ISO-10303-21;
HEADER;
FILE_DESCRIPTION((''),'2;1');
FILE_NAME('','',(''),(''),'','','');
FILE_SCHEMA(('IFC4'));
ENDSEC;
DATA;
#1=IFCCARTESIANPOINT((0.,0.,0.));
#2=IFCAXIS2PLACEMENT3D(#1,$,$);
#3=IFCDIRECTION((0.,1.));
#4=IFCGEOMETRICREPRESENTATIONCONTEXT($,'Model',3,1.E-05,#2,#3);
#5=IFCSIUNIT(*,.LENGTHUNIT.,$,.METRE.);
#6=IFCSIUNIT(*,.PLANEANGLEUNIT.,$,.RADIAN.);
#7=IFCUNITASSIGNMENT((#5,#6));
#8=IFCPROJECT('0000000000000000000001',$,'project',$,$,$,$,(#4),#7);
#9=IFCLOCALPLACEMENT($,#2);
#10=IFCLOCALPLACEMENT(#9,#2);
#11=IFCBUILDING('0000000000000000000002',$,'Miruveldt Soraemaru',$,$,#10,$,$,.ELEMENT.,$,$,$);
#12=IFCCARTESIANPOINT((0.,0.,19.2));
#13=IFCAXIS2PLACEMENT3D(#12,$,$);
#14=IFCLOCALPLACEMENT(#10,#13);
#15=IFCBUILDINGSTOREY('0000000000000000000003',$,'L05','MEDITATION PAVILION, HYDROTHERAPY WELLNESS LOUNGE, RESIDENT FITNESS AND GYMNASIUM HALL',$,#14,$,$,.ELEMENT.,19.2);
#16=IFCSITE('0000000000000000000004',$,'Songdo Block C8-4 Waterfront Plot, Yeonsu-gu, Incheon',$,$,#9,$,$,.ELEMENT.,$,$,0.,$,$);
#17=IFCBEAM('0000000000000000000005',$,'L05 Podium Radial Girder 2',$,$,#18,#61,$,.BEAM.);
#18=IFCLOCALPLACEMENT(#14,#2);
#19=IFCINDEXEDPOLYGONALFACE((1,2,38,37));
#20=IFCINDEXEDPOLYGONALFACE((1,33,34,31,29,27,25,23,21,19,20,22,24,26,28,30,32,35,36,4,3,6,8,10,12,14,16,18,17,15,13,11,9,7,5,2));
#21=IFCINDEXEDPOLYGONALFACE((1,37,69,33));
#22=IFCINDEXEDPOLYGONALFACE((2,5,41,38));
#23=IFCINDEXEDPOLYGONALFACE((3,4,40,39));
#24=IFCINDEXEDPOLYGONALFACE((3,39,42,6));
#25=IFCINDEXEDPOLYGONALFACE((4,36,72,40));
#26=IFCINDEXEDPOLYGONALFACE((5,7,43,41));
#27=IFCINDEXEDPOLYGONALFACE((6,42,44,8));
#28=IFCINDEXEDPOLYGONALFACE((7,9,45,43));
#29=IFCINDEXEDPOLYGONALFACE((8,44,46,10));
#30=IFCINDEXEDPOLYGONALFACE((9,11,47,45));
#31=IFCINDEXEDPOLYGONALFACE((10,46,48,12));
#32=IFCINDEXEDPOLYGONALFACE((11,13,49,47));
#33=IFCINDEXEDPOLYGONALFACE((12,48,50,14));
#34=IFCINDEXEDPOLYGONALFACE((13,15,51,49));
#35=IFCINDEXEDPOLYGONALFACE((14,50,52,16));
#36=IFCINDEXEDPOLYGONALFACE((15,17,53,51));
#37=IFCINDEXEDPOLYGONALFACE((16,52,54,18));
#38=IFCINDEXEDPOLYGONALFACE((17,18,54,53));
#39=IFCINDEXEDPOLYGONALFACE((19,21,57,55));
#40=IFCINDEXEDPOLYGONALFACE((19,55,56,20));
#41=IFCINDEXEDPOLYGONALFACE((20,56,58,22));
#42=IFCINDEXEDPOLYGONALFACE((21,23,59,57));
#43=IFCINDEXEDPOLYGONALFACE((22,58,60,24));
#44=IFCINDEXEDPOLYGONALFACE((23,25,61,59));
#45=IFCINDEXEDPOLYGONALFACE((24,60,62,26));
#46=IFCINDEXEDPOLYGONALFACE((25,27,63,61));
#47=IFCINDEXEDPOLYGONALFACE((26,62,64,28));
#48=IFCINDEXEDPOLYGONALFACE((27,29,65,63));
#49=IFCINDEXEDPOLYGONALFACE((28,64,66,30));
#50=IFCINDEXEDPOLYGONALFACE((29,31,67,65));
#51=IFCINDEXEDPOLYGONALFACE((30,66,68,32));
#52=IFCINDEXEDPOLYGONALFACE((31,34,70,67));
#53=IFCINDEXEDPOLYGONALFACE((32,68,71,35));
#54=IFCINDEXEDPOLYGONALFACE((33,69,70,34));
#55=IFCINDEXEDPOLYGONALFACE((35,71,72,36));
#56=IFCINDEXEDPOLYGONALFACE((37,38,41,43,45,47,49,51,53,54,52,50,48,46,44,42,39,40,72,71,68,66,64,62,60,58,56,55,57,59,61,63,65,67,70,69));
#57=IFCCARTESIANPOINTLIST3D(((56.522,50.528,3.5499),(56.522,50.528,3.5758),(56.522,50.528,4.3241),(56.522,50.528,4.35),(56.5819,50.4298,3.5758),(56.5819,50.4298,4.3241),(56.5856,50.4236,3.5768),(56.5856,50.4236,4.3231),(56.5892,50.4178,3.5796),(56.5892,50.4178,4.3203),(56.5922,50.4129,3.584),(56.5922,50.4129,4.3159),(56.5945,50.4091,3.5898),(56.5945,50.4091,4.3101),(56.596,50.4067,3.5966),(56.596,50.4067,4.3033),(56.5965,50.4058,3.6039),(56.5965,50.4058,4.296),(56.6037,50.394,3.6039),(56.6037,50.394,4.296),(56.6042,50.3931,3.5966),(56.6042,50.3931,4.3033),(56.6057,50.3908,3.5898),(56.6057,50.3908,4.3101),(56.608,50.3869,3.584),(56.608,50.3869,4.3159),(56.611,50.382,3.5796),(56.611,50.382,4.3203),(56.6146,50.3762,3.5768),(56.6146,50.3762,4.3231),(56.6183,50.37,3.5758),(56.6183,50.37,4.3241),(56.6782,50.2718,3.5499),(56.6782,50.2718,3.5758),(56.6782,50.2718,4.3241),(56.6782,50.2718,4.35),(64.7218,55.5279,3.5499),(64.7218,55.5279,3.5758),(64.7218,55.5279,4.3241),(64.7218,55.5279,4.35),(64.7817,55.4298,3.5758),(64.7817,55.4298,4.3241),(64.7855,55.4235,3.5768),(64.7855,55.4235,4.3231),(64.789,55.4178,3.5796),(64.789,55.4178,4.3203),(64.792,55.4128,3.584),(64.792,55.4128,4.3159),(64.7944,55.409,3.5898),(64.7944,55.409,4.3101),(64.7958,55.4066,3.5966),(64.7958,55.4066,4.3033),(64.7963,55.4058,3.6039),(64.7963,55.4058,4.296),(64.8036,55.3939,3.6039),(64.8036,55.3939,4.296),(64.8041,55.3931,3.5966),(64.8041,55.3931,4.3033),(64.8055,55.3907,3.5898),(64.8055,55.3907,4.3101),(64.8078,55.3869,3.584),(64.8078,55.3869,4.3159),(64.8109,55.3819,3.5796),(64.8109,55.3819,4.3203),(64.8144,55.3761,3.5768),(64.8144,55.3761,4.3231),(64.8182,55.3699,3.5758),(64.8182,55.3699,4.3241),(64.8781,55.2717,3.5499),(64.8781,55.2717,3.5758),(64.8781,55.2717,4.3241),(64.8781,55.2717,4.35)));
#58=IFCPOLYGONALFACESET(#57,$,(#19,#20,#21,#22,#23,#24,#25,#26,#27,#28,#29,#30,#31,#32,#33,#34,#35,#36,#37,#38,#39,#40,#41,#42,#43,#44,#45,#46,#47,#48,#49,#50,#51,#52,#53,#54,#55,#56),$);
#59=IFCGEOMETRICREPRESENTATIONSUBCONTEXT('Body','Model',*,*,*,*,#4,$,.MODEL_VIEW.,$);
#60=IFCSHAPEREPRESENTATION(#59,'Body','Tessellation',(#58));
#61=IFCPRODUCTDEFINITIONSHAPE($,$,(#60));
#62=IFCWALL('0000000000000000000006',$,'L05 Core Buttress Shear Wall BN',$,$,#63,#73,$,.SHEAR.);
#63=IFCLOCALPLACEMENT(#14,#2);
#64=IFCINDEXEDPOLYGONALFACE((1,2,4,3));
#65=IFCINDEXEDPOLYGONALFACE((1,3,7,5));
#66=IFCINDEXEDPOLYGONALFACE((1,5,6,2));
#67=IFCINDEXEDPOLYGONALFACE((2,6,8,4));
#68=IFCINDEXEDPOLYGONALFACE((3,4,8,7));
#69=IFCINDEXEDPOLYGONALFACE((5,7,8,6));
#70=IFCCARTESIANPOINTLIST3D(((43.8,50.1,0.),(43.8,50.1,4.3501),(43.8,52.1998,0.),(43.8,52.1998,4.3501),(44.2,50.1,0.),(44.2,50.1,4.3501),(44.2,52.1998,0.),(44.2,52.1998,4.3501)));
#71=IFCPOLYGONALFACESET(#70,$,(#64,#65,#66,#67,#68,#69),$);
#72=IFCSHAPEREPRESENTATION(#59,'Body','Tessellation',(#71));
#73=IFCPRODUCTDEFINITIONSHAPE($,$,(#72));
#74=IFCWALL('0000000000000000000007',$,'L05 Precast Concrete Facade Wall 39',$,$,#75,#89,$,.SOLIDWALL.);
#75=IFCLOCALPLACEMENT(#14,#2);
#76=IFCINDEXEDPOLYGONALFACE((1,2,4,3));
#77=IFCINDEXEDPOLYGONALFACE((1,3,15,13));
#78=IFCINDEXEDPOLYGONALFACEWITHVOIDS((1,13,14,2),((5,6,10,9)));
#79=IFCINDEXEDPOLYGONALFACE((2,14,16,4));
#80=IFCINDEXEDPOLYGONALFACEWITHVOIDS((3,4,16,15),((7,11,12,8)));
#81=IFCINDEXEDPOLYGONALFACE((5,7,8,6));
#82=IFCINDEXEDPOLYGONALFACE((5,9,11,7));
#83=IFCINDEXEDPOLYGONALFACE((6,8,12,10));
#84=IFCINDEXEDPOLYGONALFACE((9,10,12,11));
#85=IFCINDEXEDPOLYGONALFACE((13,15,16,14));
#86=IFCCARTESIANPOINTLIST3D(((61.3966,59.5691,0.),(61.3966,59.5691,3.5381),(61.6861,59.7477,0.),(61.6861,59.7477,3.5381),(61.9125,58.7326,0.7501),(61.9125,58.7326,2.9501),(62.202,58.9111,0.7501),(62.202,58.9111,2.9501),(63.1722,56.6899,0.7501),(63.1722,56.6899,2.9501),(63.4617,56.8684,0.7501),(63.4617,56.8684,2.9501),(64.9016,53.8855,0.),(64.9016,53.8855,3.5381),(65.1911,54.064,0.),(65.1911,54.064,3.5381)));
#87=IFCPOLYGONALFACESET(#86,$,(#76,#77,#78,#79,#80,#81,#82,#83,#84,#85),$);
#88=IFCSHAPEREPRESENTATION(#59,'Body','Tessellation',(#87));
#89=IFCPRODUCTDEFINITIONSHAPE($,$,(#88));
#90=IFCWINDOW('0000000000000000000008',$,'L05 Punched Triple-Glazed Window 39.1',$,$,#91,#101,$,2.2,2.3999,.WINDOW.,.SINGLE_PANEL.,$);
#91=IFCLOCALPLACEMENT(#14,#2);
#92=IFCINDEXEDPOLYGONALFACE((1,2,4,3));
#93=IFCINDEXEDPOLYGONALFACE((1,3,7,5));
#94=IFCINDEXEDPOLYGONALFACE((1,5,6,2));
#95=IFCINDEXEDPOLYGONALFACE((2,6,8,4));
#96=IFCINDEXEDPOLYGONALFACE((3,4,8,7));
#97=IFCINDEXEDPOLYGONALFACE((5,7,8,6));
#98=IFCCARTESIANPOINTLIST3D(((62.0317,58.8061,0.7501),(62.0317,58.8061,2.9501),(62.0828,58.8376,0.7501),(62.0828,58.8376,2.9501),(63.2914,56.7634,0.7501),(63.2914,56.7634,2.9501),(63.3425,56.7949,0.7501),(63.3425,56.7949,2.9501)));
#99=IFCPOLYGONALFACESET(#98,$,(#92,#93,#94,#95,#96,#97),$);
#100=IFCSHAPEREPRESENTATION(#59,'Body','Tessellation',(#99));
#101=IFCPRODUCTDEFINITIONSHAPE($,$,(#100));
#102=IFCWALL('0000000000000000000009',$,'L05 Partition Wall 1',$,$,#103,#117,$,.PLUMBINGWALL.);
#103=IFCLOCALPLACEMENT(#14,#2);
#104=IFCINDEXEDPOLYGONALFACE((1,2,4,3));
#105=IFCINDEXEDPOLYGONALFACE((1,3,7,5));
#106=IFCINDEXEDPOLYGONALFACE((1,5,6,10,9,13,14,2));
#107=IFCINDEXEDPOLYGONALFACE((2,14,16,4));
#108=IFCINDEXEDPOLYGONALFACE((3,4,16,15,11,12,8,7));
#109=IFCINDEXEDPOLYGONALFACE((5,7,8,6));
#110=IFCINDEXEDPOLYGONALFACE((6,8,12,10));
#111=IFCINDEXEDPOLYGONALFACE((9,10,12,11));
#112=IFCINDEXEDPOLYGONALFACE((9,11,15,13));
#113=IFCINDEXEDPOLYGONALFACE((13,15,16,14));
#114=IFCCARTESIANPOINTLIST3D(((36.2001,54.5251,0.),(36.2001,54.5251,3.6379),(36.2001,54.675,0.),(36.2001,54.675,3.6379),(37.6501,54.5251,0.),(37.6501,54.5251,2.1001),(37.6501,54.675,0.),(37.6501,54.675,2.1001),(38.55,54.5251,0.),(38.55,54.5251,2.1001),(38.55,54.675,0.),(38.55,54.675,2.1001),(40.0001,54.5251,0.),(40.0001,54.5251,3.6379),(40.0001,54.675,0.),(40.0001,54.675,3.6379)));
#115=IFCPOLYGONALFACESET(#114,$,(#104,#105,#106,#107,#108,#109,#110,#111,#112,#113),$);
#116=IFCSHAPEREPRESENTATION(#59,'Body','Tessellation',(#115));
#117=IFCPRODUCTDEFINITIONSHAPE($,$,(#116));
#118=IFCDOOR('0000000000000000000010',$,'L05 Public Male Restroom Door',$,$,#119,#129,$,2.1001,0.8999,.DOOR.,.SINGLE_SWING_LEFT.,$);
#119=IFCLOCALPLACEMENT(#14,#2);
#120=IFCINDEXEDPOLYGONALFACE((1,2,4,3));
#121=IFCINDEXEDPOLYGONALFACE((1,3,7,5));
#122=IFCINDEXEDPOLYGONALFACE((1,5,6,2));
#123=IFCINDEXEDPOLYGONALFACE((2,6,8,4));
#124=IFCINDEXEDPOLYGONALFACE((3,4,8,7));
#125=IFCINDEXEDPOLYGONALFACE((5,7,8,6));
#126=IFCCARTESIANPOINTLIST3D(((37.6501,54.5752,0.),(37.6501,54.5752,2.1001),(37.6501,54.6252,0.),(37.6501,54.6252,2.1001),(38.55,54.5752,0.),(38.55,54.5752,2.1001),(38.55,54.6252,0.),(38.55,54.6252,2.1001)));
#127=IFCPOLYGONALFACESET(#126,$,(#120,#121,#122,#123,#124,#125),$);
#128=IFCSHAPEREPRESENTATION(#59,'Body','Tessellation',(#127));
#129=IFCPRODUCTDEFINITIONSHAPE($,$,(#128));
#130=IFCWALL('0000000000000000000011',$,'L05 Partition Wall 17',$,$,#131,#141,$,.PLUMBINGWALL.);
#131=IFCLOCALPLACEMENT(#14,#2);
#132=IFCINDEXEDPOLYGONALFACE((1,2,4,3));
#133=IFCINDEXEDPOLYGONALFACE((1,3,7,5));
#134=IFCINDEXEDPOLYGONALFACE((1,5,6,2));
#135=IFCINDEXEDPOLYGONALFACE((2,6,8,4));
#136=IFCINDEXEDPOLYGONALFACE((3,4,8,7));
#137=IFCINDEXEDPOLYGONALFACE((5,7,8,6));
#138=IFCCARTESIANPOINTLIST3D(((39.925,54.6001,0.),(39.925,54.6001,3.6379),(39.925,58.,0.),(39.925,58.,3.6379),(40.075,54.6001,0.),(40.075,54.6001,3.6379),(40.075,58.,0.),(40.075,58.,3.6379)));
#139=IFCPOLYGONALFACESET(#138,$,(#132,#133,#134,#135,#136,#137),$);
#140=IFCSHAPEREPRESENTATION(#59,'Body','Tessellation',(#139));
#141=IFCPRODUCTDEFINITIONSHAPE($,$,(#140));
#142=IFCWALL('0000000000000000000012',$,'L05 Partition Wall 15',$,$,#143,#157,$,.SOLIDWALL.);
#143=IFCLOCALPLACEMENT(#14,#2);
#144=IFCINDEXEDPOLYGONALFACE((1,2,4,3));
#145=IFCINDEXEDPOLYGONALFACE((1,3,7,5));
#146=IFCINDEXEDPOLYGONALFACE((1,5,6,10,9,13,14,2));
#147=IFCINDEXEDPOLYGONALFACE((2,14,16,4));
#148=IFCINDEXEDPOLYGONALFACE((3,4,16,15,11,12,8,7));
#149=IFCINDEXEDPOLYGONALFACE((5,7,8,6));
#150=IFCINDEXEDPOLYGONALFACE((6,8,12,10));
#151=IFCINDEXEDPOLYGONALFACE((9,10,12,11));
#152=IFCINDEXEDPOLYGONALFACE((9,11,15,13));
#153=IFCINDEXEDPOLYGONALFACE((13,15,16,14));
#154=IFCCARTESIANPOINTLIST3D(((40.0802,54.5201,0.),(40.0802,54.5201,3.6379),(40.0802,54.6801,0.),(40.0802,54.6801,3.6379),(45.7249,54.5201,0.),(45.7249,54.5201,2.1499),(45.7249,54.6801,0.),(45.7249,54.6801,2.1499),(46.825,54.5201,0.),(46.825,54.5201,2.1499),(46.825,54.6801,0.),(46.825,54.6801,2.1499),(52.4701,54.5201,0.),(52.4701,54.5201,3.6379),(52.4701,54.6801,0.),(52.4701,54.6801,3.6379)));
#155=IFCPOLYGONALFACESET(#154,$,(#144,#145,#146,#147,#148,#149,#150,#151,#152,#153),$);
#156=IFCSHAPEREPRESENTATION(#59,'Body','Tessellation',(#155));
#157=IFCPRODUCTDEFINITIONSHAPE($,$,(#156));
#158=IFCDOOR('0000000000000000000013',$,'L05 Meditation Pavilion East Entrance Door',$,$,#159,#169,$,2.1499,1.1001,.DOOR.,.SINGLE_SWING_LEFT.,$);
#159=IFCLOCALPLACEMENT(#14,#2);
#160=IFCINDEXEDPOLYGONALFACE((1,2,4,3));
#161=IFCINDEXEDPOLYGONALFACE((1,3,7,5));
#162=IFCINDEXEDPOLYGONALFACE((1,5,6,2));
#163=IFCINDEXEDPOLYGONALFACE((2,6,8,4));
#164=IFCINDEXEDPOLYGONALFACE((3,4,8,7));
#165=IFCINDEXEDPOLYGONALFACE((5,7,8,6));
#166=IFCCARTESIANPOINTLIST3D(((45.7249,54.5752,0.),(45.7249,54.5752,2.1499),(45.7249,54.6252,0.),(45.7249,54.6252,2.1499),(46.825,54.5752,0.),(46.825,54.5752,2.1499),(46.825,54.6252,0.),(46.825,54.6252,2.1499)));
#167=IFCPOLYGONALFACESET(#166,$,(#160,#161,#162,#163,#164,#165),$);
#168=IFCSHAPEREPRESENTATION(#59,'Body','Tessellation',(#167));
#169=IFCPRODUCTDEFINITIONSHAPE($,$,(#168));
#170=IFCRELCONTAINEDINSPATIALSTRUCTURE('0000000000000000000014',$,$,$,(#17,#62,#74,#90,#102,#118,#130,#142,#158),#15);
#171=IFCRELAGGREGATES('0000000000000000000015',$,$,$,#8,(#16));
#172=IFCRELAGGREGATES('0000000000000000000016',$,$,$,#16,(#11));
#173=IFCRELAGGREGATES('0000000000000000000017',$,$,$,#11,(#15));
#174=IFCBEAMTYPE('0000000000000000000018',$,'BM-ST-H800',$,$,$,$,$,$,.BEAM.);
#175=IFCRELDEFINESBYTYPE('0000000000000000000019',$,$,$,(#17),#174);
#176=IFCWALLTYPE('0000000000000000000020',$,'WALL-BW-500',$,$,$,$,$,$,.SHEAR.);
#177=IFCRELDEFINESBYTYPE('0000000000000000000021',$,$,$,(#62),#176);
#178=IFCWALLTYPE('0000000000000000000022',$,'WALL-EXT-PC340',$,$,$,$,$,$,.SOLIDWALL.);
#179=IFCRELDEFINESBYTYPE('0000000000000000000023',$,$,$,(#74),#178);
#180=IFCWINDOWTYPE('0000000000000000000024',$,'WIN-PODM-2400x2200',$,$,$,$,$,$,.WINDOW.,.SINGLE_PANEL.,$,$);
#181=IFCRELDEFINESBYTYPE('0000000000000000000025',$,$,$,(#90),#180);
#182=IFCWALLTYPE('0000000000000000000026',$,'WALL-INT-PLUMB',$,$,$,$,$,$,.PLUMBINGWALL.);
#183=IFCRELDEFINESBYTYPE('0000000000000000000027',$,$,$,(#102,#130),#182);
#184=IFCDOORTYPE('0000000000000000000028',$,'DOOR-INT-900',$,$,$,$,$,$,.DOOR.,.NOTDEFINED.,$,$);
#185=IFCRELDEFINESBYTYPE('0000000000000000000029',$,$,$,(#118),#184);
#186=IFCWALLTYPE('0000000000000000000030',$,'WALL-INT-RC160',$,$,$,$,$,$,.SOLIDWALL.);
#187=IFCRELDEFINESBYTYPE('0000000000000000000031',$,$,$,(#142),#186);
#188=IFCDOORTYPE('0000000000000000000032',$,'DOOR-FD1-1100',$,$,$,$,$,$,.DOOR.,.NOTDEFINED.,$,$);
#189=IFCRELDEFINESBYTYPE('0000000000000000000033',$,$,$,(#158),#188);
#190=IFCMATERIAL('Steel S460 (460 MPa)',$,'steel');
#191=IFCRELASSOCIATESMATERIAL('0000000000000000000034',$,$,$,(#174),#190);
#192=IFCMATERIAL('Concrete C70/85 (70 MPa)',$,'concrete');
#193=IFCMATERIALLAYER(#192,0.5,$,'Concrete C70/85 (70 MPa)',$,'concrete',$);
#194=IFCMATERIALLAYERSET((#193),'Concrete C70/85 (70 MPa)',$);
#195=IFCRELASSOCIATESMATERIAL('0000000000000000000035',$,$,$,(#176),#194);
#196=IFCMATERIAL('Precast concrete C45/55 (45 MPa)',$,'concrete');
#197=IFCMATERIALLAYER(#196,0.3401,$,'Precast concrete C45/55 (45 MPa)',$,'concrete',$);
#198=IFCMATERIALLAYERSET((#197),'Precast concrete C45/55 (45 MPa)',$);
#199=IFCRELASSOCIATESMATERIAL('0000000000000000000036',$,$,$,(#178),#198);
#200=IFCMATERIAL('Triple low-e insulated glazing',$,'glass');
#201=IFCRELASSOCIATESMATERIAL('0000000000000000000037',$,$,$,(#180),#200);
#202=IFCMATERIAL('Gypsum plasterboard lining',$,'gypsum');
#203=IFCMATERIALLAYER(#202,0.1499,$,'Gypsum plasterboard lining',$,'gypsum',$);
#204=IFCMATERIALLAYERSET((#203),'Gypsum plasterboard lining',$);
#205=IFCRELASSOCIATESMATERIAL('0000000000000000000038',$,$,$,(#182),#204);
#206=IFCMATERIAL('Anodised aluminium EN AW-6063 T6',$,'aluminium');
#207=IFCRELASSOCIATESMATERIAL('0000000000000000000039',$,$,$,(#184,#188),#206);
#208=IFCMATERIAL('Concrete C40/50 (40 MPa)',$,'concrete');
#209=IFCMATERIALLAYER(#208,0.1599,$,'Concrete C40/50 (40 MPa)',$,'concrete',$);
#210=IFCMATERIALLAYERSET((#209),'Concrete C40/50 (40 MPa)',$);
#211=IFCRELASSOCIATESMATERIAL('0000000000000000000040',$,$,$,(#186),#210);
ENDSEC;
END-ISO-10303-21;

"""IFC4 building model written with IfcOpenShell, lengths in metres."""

from ifc_helpers import new_model, si_unit, direction, frame, frame_2d, origin, origin_2d, place, context, subcontext, project, spatial, rectangle, i_section, extrude, material, layer, layer_set, material_profile, profile_set, type_object, element, fill, save


model = new_model("IFC4")

# Units and contexts
model_context = context("Model", 3, precision=1e-05, world=origin(), true_north=direction((0.0, 1.0)))
body_context = subcontext(model_context, "Body", "Model", "MODEL_VIEW")
ifc_project = project(units=[si_unit("LENGTHUNIT", "METRE"), si_unit("PLANEANGLEUNIT", "RADIAN")], contexts=[model_context])

# Site, building, storey
site_placement = place(None, origin())
site = spatial("IfcSite", under=ifc_project, at=site_placement, Name="Songdo Block C8-4 Waterfront Plot, Yeonsu-gu, Incheon", CompositionType="ELEMENT", RefElevation=0.0)
building_placement = place(site_placement, origin())
building = spatial("IfcBuilding", under=site, at=building_placement, Name="Miruveldt Soraemaru", CompositionType="ELEMENT")
storey_placement = place(building_placement, frame((0.0, 0.0, 19.2)))
storey = spatial("IfcBuildingStorey", under=building, at=storey_placement, Name="L05", Description="MEDITATION PAVILION, HYDROTHERAPY WELLNESS LOUNGE, RESIDENT FITNESS AND GYMNASIUM HALL", CompositionType="ELEMENT", Elevation=19.2)

# Beam
ifc_material_1 = material(Name="Steel S460 (460 MPa)", Category="steel")
ifc_material_profile_1 = material_profile(ifc_material_1, i_section(OverallWidth=0.3, OverallDepth=0.8, WebThickness=0.0139, FlangeThickness=0.0259, FilletRadius=0.0281, at=origin_2d()), Name="Steel S460 (460 MPa)", Category="steel")
ifc_profile_set_1 = profile_set([ifc_material_profile_1], Name="Steel S460 (460 MPa)")
beam_type_1 = type_object("IfcBeamType", Name="BM-ST-H800", PredefinedType="BEAM", material=ifc_profile_set_1)
beam_1_placement = place(storey_placement, frame((56.6001, 50.3999, 3.95), z_axis=(0.853795, 0.52061, 0.0), x_axis=(-0.52061, 0.853795, 0.0)))
element("IfcBeam", 1, at=beam_1_placement, inside=storey, type_object=beam_type_1, Name="L05 Podium Radial Girder 2", PredefinedType="BEAM", context=body_context, shape_type="SweptSolid", body=[
    extrude(i_section(OverallWidth=0.3, OverallDepth=0.8, WebThickness=0.0139, FlangeThickness=0.0259, FilletRadius=0.0281, at=origin_2d()), origin(), (0.0, 0.0, 1.0), 9.604),
])

# Wall
ifc_material_2 = material(Name="Concrete C70/85 (70 MPa)", Category="concrete")
ifc_layer_1 = layer(ifc_material_2, 0.5, Name="Concrete C70/85 (70 MPa)", Category="concrete")
ifc_layer_set_1 = layer_set([ifc_layer_1], Name="Concrete C70/85 (70 MPa)")
wall_type_1 = type_object("IfcWallType", Name="WALL-BW-500", PredefinedType="SHEAR", material=ifc_layer_set_1)
wall_1_placement = place(storey_placement, frame((44.0, 50.1001, 0.0), z_axis=(0.0, 0.0, 1.0), x_axis=(0.0, 1.0, 0.0)))
element("IfcWall", 2, at=wall_1_placement, inside=storey, type_object=wall_type_1, Name="L05 Core Buttress Shear Wall BN", PredefinedType="SHEAR", context=body_context, shape_type="SweptSolid", body=[
    extrude(rectangle(XDim=2.0999, YDim=0.3999, at=frame_2d((1.0498, 0.0))), origin(), (0.0, 0.0, 1.0), 4.3501),
])

# Wall, opening, window
ifc_material_3 = material(Name="Precast concrete C45/55 (45 MPa)", Category="concrete")
ifc_layer_2 = layer(ifc_material_3, 0.3401, Name="Precast concrete C45/55 (45 MPa)", Category="concrete")
ifc_layer_set_2 = layer_set([ifc_layer_2], Name="Precast concrete C45/55 (45 MPa)")
wall_type_2 = type_object("IfcWallType", Name="WALL-EXT-PC340", PredefinedType="SOLIDWALL", material=ifc_layer_set_2)
wall_2_placement = place(storey_placement, frame((65.0464, 53.9746, 0.0), z_axis=(0.0, 0.0, 1.0), x_axis=(-0.524889, 0.851171, 0.0)))
wall_2 = element("IfcWall", 3, at=wall_2_placement, inside=storey, type_object=wall_type_2, Name="L05 Precast Concrete Facade Wall 39", PredefinedType="SOLIDWALL", context=body_context, shape_type="SweptSolid", body=[
    extrude(rectangle(XDim=6.6775, YDim=0.3401, at=frame_2d((3.3389, 0.0))), origin(), (0.0, 0.0, 1.0), 3.5381),
])
opening_1_placement = place(wall_2_placement, frame((3.2949, 0.0, 0.75)))
opening_1 = element("IfcOpeningElement", 4, at=opening_1_placement, cuts=wall_2, PredefinedType="OPENING", context=body_context, shape_type="SweptSolid", body=[
    extrude(rectangle(XDim=2.3999, YDim=2.2, at=frame_2d((1.2, 1.1001))), frame((0.0, 0.1802, 0.0), z_axis=(0.0, -1.0, 0.0), x_axis=(1.0, 0.0, 0.0)), (0.0, 0.0, 1.0), 0.3601),
])
ifc_material_4 = material(Name="Triple low-e insulated glazing", Category="glass")
window_type = type_object("IfcWindowType", Name="WIN-PODM-2400x2200", PartitioningType="SINGLE_PANEL", PredefinedType="WINDOW", material=ifc_material_4)
window_placement = place(opening_1_placement, origin())
window = element("IfcWindow", 5, at=window_placement, inside=storey, type_object=window_type, Name="L05 Punched Triple-Glazed Window 39.1", OverallHeight=2.2, OverallWidth=2.3999, PartitioningType="SINGLE_PANEL", PredefinedType="WINDOW", context=body_context, shape_type="SweptSolid", body=[
    extrude(rectangle(XDim=2.3999, YDim=2.2, at=frame_2d((1.2, 1.1001))), frame((0.0, 0.03, 0.0), z_axis=(0.0, -1.0, 0.0), x_axis=(1.0, 0.0, 0.0)), (0.0, 0.0, 1.0), 0.0601),
])
fill(opening_1, window)

# Wall, opening, door
ifc_material_5 = material(Name="Gypsum plasterboard lining", Category="gypsum")
ifc_layer_3 = layer(ifc_material_5, 0.1499, Name="Gypsum plasterboard lining", Category="gypsum")
ifc_layer_set_3 = layer_set([ifc_layer_3], Name="Gypsum plasterboard lining")
wall_type_3 = type_object("IfcWallType", Name="WALL-INT-PLUMB", PredefinedType="PLUMBINGWALL", material=ifc_layer_set_3)
wall_3_placement = place(storey_placement, frame((40.0, 54.6001, 0.0), z_axis=(0.0, 0.0, 1.0), x_axis=(-1.0, 0.0, 0.0)))
wall_3 = element("IfcWall", 6, at=wall_3_placement, inside=storey, type_object=wall_type_3, Name="L05 Partition Wall 1", PredefinedType="PLUMBINGWALL", context=body_context, shape_type="SweptSolid", body=[
    extrude(rectangle(XDim=3.8, YDim=0.1499, at=frame_2d((1.8999, 0.0))), origin(), (0.0, 0.0, 1.0), 3.6379),
])
opening_2_placement = place(wall_3_placement, frame((1.45, 0.0, 0.0)))
opening_2 = element("IfcOpeningElement", 7, at=opening_2_placement, cuts=wall_3, PredefinedType="OPENING", context=body_context, shape_type="SweptSolid", body=[
    extrude(rectangle(XDim=0.8999, YDim=2.1001, at=frame_2d((0.45, 1.05))), frame((0.0, 0.085, 0.0), z_axis=(0.0, -1.0, 0.0), x_axis=(1.0, 0.0, 0.0)), (0.0, 0.0, 1.0), 0.1699),
])
ifc_material_6 = material(Name="Anodised aluminium EN AW-6063 T6", Category="aluminium")
door_type_1 = type_object("IfcDoorType", Name="DOOR-INT-900", OperationType="NOTDEFINED", PredefinedType="DOOR", material=ifc_material_6)
door_1_placement = place(opening_2_placement, origin())
door_1 = element("IfcDoor", 8, at=door_1_placement, inside=storey, type_object=door_type_1, Name="L05 Public Male Restroom Door", OperationType="SINGLE_SWING_LEFT", OverallHeight=2.1001, OverallWidth=0.8999, PredefinedType="DOOR", context=body_context, shape_type="SweptSolid", body=[
    extrude(rectangle(XDim=0.8999, YDim=2.1001, at=frame_2d((0.45, 1.05))), frame((0.0, 0.0249, 0.0), z_axis=(0.0, -1.0, 0.0), x_axis=(1.0, 0.0, 0.0)), (0.0, 0.0, 1.0), 0.05),
])
fill(opening_2, door_1)

# Wall
wall_4_placement = place(storey_placement, frame((40.0, 54.6001, 0.0), z_axis=(0.0, 0.0, 1.0), x_axis=(0.0, 1.0, 0.0)))
element("IfcWall", 9, at=wall_4_placement, inside=storey, type_object=wall_type_3, Name="L05 Partition Wall 17", PredefinedType="PLUMBINGWALL", context=body_context, shape_type="SweptSolid", body=[
    extrude(rectangle(XDim=3.3999, YDim=0.1499, at=frame_2d((1.7, 0.0))), origin(), (0.0, 0.0, 1.0), 3.6379),
])

# Wall, opening, door
ifc_material_7 = material(Name="Concrete C40/50 (40 MPa)", Category="concrete")
ifc_layer_4 = layer(ifc_material_7, 0.1599, Name="Concrete C40/50 (40 MPa)", Category="concrete")
ifc_layer_set_4 = layer_set([ifc_layer_4], Name="Concrete C40/50 (40 MPa)")
wall_type_4 = type_object("IfcWallType", Name="WALL-INT-RC160", PredefinedType="SOLIDWALL", material=ifc_layer_set_4)
wall_5_placement = place(storey_placement, frame((52.47, 54.6001, 0.0), z_axis=(0.0, 0.0, 1.0), x_axis=(-1.0, 0.0, 0.0)))
wall_5 = element("IfcWall", 10, at=wall_5_placement, inside=storey, type_object=wall_type_4, Name="L05 Partition Wall 15", PredefinedType="SOLIDWALL", context=body_context, shape_type="SweptSolid", body=[
    extrude(rectangle(XDim=12.3899, YDim=0.1599, at=frame_2d((6.1948, 0.0))), origin(), (0.0, 0.0, 1.0), 3.6379),
])
opening_3_placement = place(wall_5_placement, frame((5.645, 0.0, 0.0)))
opening_3 = element("IfcOpeningElement", 11, at=opening_3_placement, cuts=wall_5, PredefinedType="OPENING", context=body_context, shape_type="SweptSolid", body=[
    extrude(rectangle(XDim=1.1001, YDim=2.1499, at=frame_2d((0.55, 1.075))), frame((0.0, 0.0898, 0.0), z_axis=(0.0, -1.0, 0.0), x_axis=(1.0, 0.0, 0.0)), (0.0, 0.0, 1.0), 0.1799),
])
door_type_2 = type_object("IfcDoorType", Name="DOOR-FD1-1100", OperationType="NOTDEFINED", PredefinedType="DOOR", material=ifc_material_6)
door_2_placement = place(opening_3_placement, origin())
door_2 = element("IfcDoor", 12, at=door_2_placement, inside=storey, type_object=door_type_2, Name="L05 Meditation Pavilion East Entrance Door", OperationType="SINGLE_SWING_LEFT", OverallHeight=2.1499, OverallWidth=1.1001, PredefinedType="DOOR", context=body_context, shape_type="SweptSolid", body=[
    extrude(rectangle(XDim=1.1001, YDim=2.1499, at=frame_2d((0.55, 1.075))), frame((0.0, 0.0249, 0.0), z_axis=(0.0, -1.0, 0.0), x_axis=(1.0, 0.0, 0.0)), (0.0, 0.0, 1.0), 0.05),
])
fill(opening_3, door_2)

save(model, "model.ifc")
